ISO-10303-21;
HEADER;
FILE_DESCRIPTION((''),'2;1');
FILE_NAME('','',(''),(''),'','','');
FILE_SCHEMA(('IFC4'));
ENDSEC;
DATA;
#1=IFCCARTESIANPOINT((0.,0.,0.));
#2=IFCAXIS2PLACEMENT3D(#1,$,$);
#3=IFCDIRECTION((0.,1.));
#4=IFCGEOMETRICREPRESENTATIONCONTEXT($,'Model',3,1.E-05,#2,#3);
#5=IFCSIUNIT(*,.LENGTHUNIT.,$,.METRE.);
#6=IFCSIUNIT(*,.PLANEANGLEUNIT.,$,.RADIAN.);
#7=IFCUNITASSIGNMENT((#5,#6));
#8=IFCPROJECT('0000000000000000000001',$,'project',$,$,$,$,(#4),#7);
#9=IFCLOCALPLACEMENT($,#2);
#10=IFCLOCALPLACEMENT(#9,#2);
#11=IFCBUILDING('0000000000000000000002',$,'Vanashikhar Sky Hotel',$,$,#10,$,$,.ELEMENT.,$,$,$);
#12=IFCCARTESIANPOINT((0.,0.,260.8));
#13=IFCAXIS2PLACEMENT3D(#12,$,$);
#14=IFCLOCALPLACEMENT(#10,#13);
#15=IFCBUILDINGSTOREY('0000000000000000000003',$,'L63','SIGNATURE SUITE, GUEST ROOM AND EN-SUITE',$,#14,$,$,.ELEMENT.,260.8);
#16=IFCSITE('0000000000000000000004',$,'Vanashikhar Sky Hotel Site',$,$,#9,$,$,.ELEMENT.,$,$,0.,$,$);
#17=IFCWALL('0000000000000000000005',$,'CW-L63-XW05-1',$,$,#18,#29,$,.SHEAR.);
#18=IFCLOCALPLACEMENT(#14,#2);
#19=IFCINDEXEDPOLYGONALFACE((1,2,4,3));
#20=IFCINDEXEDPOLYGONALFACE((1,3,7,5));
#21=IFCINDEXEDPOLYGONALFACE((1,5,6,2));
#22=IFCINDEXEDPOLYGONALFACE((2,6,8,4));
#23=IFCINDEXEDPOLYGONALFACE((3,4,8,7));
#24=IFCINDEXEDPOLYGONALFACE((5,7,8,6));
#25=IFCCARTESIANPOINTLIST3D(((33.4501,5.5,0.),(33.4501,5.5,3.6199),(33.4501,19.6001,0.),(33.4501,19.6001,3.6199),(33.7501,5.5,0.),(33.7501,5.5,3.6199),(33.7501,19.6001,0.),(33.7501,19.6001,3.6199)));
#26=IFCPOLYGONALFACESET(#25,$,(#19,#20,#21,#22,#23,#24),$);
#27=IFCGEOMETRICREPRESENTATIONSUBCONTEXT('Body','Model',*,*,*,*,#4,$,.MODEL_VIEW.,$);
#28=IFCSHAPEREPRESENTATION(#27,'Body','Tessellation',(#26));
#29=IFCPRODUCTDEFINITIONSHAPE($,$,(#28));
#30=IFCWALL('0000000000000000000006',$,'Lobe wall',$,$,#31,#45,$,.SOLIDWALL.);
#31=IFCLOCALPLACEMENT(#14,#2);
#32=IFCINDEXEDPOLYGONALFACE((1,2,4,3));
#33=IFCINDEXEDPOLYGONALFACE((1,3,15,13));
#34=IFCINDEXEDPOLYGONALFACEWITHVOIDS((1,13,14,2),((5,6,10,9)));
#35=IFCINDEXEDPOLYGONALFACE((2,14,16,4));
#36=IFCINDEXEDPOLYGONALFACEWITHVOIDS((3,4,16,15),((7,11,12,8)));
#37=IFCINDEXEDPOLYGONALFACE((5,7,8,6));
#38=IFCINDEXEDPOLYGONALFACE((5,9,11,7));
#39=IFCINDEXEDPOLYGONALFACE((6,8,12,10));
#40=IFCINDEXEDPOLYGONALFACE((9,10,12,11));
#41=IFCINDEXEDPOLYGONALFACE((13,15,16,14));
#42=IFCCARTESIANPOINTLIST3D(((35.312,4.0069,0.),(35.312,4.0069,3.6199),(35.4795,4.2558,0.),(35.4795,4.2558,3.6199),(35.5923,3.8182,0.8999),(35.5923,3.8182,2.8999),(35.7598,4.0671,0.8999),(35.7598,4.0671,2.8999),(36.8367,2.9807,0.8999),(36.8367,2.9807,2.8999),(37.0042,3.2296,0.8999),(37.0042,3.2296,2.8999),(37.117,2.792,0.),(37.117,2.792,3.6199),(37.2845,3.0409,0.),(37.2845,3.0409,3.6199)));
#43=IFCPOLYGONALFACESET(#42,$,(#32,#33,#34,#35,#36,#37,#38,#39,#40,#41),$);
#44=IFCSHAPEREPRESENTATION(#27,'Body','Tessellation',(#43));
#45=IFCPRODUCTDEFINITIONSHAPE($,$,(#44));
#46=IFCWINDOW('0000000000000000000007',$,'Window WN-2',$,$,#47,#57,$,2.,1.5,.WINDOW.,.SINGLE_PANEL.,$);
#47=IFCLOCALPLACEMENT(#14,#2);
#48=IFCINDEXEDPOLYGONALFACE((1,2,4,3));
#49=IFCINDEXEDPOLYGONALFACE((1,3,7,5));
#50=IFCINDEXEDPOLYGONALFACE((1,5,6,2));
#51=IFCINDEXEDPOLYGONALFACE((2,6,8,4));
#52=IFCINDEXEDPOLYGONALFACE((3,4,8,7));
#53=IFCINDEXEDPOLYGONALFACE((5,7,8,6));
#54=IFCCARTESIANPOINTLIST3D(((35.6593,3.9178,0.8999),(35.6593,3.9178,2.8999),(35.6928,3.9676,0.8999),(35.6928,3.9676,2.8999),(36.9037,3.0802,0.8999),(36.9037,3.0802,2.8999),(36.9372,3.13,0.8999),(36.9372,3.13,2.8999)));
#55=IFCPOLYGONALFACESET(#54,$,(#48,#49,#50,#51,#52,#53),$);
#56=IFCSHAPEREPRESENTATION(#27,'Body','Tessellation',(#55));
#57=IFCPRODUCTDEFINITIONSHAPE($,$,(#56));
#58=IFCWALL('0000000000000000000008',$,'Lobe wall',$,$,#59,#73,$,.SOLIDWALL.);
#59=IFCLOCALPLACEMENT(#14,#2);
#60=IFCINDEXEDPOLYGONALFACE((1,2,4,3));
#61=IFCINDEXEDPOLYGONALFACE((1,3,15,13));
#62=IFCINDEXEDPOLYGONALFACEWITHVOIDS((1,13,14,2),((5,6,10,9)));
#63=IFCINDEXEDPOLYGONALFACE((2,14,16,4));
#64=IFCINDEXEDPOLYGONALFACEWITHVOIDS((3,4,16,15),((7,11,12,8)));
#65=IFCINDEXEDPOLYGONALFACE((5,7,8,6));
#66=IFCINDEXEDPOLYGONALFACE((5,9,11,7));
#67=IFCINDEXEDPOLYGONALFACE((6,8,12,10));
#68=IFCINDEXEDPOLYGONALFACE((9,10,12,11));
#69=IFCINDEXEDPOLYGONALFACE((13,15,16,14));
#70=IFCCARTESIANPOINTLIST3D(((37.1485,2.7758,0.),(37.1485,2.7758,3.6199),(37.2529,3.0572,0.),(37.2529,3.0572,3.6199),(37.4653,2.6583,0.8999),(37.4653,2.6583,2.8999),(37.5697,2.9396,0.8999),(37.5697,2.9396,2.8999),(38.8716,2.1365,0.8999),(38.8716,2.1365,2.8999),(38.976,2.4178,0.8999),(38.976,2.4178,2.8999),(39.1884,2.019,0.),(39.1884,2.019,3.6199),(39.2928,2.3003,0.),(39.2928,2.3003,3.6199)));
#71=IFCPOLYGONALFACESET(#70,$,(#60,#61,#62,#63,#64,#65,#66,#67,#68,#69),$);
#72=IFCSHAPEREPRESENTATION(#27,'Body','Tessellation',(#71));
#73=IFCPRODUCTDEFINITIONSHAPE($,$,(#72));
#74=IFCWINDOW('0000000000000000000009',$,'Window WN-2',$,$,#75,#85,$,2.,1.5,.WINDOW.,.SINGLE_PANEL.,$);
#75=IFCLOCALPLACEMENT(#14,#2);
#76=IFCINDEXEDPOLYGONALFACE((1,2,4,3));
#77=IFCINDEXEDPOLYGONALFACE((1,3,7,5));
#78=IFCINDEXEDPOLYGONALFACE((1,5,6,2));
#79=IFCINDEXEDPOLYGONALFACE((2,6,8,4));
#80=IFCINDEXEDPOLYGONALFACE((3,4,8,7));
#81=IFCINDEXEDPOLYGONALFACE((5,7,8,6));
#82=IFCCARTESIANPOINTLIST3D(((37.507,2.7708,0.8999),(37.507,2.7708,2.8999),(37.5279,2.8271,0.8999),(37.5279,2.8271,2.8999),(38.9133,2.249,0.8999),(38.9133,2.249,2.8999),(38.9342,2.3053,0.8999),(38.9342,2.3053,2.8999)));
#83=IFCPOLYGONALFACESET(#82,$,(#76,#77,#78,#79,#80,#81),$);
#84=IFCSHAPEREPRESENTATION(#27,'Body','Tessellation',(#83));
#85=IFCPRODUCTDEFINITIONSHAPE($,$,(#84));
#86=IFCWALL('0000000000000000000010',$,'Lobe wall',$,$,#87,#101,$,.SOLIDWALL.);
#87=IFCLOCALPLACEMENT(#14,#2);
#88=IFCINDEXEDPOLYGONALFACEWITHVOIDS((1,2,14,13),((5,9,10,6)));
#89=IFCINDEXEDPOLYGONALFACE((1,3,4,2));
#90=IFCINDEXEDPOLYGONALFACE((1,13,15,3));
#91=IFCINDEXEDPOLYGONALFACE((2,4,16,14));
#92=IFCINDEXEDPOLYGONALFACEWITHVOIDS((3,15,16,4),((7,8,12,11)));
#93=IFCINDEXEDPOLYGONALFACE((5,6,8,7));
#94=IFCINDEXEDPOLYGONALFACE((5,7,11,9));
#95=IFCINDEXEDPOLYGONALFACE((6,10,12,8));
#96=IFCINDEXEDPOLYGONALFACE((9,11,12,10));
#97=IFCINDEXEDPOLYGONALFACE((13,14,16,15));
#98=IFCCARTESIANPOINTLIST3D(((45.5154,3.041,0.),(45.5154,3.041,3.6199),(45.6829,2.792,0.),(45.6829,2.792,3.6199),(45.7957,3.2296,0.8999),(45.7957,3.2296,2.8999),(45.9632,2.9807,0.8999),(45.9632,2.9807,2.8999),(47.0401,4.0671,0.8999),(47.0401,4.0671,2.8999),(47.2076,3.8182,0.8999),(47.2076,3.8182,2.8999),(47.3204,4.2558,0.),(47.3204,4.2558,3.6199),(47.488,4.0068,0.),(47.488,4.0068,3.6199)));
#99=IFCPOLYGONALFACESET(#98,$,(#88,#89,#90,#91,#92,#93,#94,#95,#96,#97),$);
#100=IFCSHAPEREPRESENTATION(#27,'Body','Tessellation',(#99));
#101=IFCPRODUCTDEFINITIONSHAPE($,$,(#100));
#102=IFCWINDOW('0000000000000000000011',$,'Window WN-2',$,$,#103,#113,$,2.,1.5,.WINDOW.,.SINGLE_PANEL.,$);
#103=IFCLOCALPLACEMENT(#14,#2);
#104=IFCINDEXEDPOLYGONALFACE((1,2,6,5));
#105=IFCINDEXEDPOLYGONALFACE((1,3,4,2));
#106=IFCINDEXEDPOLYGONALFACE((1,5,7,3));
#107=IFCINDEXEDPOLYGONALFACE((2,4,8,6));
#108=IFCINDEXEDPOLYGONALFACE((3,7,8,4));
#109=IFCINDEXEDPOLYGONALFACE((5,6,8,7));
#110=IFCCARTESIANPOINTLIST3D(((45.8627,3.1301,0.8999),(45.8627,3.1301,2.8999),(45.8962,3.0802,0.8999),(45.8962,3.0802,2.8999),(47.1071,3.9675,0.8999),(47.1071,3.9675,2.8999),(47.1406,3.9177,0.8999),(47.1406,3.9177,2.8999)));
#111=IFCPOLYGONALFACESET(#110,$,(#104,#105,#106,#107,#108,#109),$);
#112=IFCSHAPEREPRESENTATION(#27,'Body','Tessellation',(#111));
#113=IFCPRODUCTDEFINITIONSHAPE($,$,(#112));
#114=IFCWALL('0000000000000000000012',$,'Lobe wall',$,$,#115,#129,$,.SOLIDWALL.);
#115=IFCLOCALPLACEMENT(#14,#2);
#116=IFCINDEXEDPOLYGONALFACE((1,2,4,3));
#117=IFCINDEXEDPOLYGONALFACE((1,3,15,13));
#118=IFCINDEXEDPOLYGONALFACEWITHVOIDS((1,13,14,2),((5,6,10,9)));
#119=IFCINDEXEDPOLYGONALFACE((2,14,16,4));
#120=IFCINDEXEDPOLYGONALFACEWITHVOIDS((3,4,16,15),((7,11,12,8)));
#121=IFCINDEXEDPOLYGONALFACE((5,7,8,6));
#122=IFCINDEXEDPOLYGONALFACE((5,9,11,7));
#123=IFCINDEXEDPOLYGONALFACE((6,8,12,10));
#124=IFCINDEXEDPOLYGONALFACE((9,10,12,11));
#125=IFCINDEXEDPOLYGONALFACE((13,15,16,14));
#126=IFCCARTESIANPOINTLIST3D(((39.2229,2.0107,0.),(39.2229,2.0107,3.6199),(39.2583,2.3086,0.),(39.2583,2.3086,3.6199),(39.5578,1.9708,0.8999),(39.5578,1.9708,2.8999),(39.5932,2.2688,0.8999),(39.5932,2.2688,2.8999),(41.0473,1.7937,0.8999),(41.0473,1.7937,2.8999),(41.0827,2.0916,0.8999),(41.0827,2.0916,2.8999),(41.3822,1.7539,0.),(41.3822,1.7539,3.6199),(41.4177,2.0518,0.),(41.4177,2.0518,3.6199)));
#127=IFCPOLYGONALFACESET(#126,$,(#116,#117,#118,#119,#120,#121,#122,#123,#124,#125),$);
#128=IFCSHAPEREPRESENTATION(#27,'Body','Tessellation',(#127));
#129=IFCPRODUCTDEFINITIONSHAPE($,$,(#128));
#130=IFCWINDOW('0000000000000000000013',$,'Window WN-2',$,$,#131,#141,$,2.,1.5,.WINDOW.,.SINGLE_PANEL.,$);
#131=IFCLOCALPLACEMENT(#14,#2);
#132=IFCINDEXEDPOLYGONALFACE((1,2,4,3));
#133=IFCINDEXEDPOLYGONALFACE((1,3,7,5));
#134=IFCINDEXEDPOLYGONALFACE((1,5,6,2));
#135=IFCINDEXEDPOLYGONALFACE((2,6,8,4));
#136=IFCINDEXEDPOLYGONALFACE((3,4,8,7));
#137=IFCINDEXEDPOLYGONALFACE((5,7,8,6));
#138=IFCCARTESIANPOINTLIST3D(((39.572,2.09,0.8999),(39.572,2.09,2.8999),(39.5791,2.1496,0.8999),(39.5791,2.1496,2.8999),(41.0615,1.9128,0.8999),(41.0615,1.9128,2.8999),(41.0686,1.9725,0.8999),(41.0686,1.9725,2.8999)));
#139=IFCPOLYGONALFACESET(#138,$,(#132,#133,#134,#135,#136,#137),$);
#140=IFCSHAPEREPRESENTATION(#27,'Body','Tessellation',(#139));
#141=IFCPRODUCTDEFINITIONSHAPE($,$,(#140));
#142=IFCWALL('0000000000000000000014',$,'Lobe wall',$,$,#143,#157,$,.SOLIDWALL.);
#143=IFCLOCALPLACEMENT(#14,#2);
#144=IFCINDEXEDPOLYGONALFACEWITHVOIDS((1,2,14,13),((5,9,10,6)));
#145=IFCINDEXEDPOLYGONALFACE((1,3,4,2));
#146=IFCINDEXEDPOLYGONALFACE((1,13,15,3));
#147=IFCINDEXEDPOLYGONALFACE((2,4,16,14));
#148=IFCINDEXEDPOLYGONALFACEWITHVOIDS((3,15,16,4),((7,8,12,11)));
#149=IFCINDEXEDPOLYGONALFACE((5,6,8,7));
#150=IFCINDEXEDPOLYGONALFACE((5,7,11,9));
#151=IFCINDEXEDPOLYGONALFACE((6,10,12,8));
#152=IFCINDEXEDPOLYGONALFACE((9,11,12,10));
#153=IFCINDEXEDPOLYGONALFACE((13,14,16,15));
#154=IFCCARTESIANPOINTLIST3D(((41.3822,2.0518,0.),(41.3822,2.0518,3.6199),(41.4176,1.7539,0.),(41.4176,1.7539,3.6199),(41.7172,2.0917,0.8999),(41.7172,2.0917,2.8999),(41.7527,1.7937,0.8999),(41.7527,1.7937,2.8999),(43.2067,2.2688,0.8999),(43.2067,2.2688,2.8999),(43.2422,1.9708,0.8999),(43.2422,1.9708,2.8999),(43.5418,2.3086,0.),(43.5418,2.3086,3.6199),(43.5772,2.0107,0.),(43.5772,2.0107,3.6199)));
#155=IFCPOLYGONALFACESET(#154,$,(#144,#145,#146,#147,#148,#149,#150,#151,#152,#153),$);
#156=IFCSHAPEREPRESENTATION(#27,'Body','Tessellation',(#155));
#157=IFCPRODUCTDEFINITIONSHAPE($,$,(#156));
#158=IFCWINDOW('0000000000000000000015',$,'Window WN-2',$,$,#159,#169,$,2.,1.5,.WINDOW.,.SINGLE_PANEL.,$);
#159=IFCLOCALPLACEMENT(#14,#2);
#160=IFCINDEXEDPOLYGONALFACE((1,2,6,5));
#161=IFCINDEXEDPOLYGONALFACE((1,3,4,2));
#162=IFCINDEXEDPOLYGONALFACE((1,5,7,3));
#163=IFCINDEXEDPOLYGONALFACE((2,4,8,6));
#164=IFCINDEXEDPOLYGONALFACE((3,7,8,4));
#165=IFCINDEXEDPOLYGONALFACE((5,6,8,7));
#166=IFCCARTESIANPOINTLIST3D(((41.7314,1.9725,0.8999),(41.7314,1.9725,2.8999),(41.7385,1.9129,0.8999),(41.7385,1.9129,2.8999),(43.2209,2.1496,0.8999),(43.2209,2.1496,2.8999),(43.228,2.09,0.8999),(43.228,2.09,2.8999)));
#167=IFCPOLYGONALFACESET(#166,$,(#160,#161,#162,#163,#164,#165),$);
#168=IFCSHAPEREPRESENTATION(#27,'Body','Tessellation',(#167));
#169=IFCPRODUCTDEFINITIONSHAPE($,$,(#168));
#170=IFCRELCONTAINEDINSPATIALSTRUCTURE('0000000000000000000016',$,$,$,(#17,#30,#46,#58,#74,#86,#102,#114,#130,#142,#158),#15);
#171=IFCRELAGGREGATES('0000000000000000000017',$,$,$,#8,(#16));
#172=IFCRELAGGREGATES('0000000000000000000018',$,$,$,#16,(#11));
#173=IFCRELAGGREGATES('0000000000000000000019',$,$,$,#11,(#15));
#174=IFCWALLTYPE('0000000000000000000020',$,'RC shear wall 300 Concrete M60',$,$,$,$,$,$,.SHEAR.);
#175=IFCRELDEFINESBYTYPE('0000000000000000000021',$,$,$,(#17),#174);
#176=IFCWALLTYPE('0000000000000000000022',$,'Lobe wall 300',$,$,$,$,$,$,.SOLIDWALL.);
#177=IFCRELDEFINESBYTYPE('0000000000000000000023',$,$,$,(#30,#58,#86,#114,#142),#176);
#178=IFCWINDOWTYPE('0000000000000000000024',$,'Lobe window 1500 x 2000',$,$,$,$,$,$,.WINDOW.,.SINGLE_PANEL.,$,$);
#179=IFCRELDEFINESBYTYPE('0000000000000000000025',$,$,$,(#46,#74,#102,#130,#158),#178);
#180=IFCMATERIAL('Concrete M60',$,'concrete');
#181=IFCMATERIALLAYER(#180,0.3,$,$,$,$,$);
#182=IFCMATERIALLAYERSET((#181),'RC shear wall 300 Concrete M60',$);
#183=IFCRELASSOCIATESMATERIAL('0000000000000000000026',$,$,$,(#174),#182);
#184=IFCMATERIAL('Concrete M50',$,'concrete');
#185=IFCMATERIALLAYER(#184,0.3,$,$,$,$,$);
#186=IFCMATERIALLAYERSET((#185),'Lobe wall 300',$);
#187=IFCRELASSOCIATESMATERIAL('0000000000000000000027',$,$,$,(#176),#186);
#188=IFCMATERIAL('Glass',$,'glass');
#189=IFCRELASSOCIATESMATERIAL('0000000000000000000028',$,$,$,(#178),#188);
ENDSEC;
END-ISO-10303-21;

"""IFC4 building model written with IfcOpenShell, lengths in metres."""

from ifc_helpers import new_model, si_unit, direction, frame, frame_2d, origin, place, context, subcontext, project, spatial, rectangle, extrude, source, transform, mapped, material, layer, layer_set, type_object, element, fill, save


model = new_model("IFC4")

# Units and contexts
model_context = context("Model", 3, precision=1e-05, world=origin(), true_north=direction((0.0, 1.0)))
body_context = subcontext(model_context, "Body", "Model", "MODEL_VIEW")
ifc_project = project(units=[si_unit("LENGTHUNIT", "METRE"), si_unit("PLANEANGLEUNIT", "RADIAN")], contexts=[model_context])

# Site, building, storey
site_placement = place(None, origin())
site = spatial("IfcSite", under=ifc_project, at=site_placement, Name="Vanashikhar Sky Hotel Site", CompositionType="ELEMENT", RefElevation=0.0)
building_placement = place(site_placement, origin())
building = spatial("IfcBuilding", under=site, at=building_placement, Name="Vanashikhar Sky Hotel", CompositionType="ELEMENT")
storey_placement = place(building_placement, frame((0.0, 0.0, 260.8)))
storey = spatial("IfcBuildingStorey", under=building, at=storey_placement, Name="L63", Description="SIGNATURE SUITE, GUEST ROOM AND EN-SUITE", CompositionType="ELEMENT", Elevation=260.8)

# Wall
ifc_material_1 = material(Name="Concrete M60", Category="concrete")
ifc_layer_1 = layer(ifc_material_1, 0.3)
ifc_layer_set_1 = layer_set([ifc_layer_1], Name="RC shear wall 300 Concrete M60")
wall_type_1 = type_object("IfcWallType", Name="RC shear wall 300 Concrete M60", PredefinedType="SHEAR", material=ifc_layer_set_1)
shared_shape_1 = source(origin(), body_context, "Body", "SweptSolid", [
    extrude(rectangle(XDim=14.1001, YDim=0.3, at=frame_2d((7.05, 0.0))), origin(), (0.0, 0.0, 1.0), 3.6199),
])
wall_1_placement = place(storey_placement, frame((33.6001, 5.5, 0.0), z_axis=(0.0, 0.0, 1.0), x_axis=(0.0, 1.0, 0.0)))
element("IfcWall", 1, at=wall_1_placement, inside=storey, type_object=wall_type_1, Name="CW-L63-XW05-1", PredefinedType="SHEAR", context=body_context, shape_type="MappedRepresentation", body=[
    mapped(shared_shape_1, transform((0.0, 0.0, 0.0), scale=1.0)),
])

# Walls, openings, windows
ifc_material_2 = material(Name="Concrete M50", Category="concrete")
ifc_layer_2 = layer(ifc_material_2, 0.3)
ifc_layer_set_2 = layer_set([ifc_layer_2], Name="Lobe wall 300")
wall_type_2 = type_object("IfcWallType", Name="Lobe wall 300", PredefinedType="SOLIDWALL", material=ifc_layer_set_2)
shared_shape_2 = source(origin(), body_context, "Body", "SweptSolid", [
    extrude(rectangle(XDim=2.1758, YDim=0.3, at=frame_2d((1.0879, 0.0))), origin(), (0.0, 0.0, 1.0), 3.6199),
])
wall_2_placement = place(storey_placement, frame((35.3958, 4.1313, 0.0), z_axis=(0.0, 0.0, 1.0), x_axis=(0.829591, -0.558372, 0.0)))
wall_2 = element("IfcWall", 2, at=wall_2_placement, inside=storey, type_object=wall_type_2, Name="Lobe wall", PredefinedType="SOLIDWALL", context=body_context, shape_type="MappedRepresentation", body=[
    mapped(shared_shape_2, transform((0.0, 0.0, 0.0), scale=1.0)),
])
shared_shape_3 = source(origin(), body_context, "Body", "SweptSolid", [
    extrude(rectangle(XDim=1.5, YDim=2.0, at=frame_2d((0.75, 1.0))), frame((0.0, 0.1602, 0.0), z_axis=(0.0, -1.0, 0.0), x_axis=(1.0, 0.0, 0.0)), (0.0, 0.0, 1.0), 0.3201),
])
opening_1_placement = place(wall_2_placement, frame((0.3379, 0.0, 0.8999)))
opening_1 = element("IfcOpeningElement", 3, at=opening_1_placement, cuts=wall_2, PredefinedType="OPENING", context=body_context, shape_type="MappedRepresentation", body=[
    mapped(shared_shape_3, transform((0.0, 0.0, 0.0), scale=1.0)),
])
ifc_material_3 = material(Name="Glass", Category="glass")
window_type = type_object("IfcWindowType", Name="Lobe window 1500 x 2000", PartitioningType="SINGLE_PANEL", PredefinedType="WINDOW", material=ifc_material_3)
shared_shape_4 = source(origin(), body_context, "Body", "SweptSolid", [
    extrude(rectangle(XDim=1.5, YDim=2.0, at=frame_2d((0.75, 1.0))), frame((0.0, 0.03, 0.0), z_axis=(0.0, -1.0, 0.0), x_axis=(1.0, 0.0, 0.0)), (0.0, 0.0, 1.0), 0.0601),
])
window_1_placement = place(opening_1_placement, origin())
window_1 = element("IfcWindow", 4, at=window_1_placement, inside=storey, type_object=window_type, Name="Window WN-2", OverallHeight=2.0, OverallWidth=1.5, PartitioningType="SINGLE_PANEL", PredefinedType="WINDOW", context=body_context, shape_type="MappedRepresentation", body=[
    mapped(shared_shape_4, transform((0.0, 0.0, 0.0), scale=1.0)),
])
fill(opening_1, window_1)
wall_3_placement = place(storey_placement, frame((37.2007, 2.9165, 0.0), z_axis=(0.0, 0.0, 1.0), x_axis=(0.937546, -0.347863, 0.0)))
wall_3 = element("IfcWall", 5, at=wall_3_placement, inside=storey, type_object=wall_type_2, Name="Lobe wall", PredefinedType="SOLIDWALL", context=body_context, shape_type="MappedRepresentation", body=[
    mapped(shared_shape_2, transform((0.0, 0.0, 0.0), scale=1.0)),
])
opening_2_placement = place(wall_3_placement, frame((0.3379, 0.0, 0.8999)))
opening_2 = element("IfcOpeningElement", 6, at=opening_2_placement, cuts=wall_3, PredefinedType="OPENING", context=body_context, shape_type="MappedRepresentation", body=[
    mapped(shared_shape_3, transform((0.0, 0.0, 0.0), scale=1.0)),
])
window_2_placement = place(opening_2_placement, origin())
window_2 = element("IfcWindow", 7, at=window_2_placement, inside=storey, type_object=window_type, Name="Window WN-2", OverallHeight=2.0, OverallWidth=1.5, PartitioningType="SINGLE_PANEL", PredefinedType="WINDOW", context=body_context, shape_type="MappedRepresentation", body=[
    mapped(shared_shape_4, transform((0.0, 0.0, 0.0), scale=1.0)),
])
fill(opening_2, window_2)
wall_4_placement = place(storey_placement, frame((45.5991, 2.9165, 0.0), z_axis=(0.0, 0.0, 1.0), x_axis=(0.829626, 0.55832, 0.0)))
wall_4 = element("IfcWall", 8, at=wall_4_placement, inside=storey, type_object=wall_type_2, Name="Lobe wall", PredefinedType="SOLIDWALL", context=body_context, shape_type="MappedRepresentation", body=[
    mapped(shared_shape_2, transform((0.0, 0.0, 0.0), scale=1.0)),
])
opening_3_placement = place(wall_4_placement, frame((0.3379, 0.0, 0.8999)))
opening_3 = element("IfcOpeningElement", 9, at=opening_3_placement, cuts=wall_4, PredefinedType="OPENING", context=body_context, shape_type="MappedRepresentation", body=[
    mapped(shared_shape_3, transform((0.0, 0.0, 0.0), scale=1.0)),
])
window_3_placement = place(opening_3_placement, origin())
window_3 = element("IfcWindow", 10, at=window_3_placement, inside=storey, type_object=window_type, Name="Window WN-2", OverallHeight=2.0, OverallWidth=1.5, PartitioningType="SINGLE_PANEL", PredefinedType="WINDOW", context=body_context, shape_type="MappedRepresentation", body=[
    mapped(shared_shape_4, transform((0.0, 0.0, 0.0), scale=1.0)),
])
fill(opening_3, window_3)
shared_shape_5 = source(origin(), body_context, "Body", "SweptSolid", [
    extrude(rectangle(XDim=2.1746, YDim=0.3, at=frame_2d((1.0874, 0.0))), origin(), (0.0, 0.0, 1.0), 3.6199),
])
wall_5_placement = place(storey_placement, frame((39.2405, 2.1597, 0.0), z_axis=(0.0, 0.0, 1.0), x_axis=(0.993001, -0.118105, 0.0)))
wall_5 = element("IfcWall", 11, at=wall_5_placement, inside=storey, type_object=wall_type_2, Name="Lobe wall", PredefinedType="SOLIDWALL", context=body_context, shape_type="MappedRepresentation", body=[
    mapped(shared_shape_5, transform((0.0, 0.0, 0.0), scale=1.0)),
])
opening_4_placement = place(wall_5_placement, frame((0.3374, 0.0, 0.8999)))
opening_4 = element("IfcOpeningElement", 12, at=opening_4_placement, cuts=wall_5, PredefinedType="OPENING", context=body_context, shape_type="MappedRepresentation", body=[
    mapped(shared_shape_3, transform((0.0, 0.0, 0.0), scale=1.0)),
])
window_4_placement = place(opening_4_placement, origin())
window_4 = element("IfcWindow", 13, at=window_4_placement, inside=storey, type_object=window_type, Name="Window WN-2", OverallHeight=2.0, OverallWidth=1.5, PartitioningType="SINGLE_PANEL", PredefinedType="WINDOW", context=body_context, shape_type="MappedRepresentation", body=[
    mapped(shared_shape_4, transform((0.0, 0.0, 0.0), scale=1.0)),
])
fill(opening_4, window_4)
shared_shape_6 = source(origin(), body_context, "Body", "SweptSolid", [
    extrude(rectangle(XDim=2.1748, YDim=0.3, at=frame_2d((1.0874, 0.0))), origin(), (0.0, 0.0, 1.0), 3.6199),
])
wall_6_placement = place(storey_placement, frame((41.3999, 1.9028, 0.0), z_axis=(0.0, 0.0, 1.0), x_axis=(0.993003, 0.118092, 0.0)))
wall_6 = element("IfcWall", 14, at=wall_6_placement, inside=storey, type_object=wall_type_2, Name="Lobe wall", PredefinedType="SOLIDWALL", context=body_context, shape_type="MappedRepresentation", body=[
    mapped(shared_shape_6, transform((0.0, 0.0, 0.0), scale=1.0)),
])
opening_5_placement = place(wall_6_placement, frame((0.3374, 0.0, 0.8999)))
opening_5 = element("IfcOpeningElement", 15, at=opening_5_placement, cuts=wall_6, PredefinedType="OPENING", context=body_context, shape_type="MappedRepresentation", body=[
    mapped(shared_shape_3, transform((0.0, 0.0, 0.0), scale=1.0)),
])
window_5_placement = place(opening_5_placement, origin())
window_5 = element("IfcWindow", 16, at=window_5_placement, inside=storey, type_object=window_type, Name="Window WN-2", OverallHeight=2.0, OverallWidth=1.5, PartitioningType="SINGLE_PANEL", PredefinedType="WINDOW", context=body_context, shape_type="MappedRepresentation", body=[
    mapped(shared_shape_4, transform((0.0, 0.0, 0.0), scale=1.0)),
])
fill(opening_5, window_5)

save(model, "model.ifc")
